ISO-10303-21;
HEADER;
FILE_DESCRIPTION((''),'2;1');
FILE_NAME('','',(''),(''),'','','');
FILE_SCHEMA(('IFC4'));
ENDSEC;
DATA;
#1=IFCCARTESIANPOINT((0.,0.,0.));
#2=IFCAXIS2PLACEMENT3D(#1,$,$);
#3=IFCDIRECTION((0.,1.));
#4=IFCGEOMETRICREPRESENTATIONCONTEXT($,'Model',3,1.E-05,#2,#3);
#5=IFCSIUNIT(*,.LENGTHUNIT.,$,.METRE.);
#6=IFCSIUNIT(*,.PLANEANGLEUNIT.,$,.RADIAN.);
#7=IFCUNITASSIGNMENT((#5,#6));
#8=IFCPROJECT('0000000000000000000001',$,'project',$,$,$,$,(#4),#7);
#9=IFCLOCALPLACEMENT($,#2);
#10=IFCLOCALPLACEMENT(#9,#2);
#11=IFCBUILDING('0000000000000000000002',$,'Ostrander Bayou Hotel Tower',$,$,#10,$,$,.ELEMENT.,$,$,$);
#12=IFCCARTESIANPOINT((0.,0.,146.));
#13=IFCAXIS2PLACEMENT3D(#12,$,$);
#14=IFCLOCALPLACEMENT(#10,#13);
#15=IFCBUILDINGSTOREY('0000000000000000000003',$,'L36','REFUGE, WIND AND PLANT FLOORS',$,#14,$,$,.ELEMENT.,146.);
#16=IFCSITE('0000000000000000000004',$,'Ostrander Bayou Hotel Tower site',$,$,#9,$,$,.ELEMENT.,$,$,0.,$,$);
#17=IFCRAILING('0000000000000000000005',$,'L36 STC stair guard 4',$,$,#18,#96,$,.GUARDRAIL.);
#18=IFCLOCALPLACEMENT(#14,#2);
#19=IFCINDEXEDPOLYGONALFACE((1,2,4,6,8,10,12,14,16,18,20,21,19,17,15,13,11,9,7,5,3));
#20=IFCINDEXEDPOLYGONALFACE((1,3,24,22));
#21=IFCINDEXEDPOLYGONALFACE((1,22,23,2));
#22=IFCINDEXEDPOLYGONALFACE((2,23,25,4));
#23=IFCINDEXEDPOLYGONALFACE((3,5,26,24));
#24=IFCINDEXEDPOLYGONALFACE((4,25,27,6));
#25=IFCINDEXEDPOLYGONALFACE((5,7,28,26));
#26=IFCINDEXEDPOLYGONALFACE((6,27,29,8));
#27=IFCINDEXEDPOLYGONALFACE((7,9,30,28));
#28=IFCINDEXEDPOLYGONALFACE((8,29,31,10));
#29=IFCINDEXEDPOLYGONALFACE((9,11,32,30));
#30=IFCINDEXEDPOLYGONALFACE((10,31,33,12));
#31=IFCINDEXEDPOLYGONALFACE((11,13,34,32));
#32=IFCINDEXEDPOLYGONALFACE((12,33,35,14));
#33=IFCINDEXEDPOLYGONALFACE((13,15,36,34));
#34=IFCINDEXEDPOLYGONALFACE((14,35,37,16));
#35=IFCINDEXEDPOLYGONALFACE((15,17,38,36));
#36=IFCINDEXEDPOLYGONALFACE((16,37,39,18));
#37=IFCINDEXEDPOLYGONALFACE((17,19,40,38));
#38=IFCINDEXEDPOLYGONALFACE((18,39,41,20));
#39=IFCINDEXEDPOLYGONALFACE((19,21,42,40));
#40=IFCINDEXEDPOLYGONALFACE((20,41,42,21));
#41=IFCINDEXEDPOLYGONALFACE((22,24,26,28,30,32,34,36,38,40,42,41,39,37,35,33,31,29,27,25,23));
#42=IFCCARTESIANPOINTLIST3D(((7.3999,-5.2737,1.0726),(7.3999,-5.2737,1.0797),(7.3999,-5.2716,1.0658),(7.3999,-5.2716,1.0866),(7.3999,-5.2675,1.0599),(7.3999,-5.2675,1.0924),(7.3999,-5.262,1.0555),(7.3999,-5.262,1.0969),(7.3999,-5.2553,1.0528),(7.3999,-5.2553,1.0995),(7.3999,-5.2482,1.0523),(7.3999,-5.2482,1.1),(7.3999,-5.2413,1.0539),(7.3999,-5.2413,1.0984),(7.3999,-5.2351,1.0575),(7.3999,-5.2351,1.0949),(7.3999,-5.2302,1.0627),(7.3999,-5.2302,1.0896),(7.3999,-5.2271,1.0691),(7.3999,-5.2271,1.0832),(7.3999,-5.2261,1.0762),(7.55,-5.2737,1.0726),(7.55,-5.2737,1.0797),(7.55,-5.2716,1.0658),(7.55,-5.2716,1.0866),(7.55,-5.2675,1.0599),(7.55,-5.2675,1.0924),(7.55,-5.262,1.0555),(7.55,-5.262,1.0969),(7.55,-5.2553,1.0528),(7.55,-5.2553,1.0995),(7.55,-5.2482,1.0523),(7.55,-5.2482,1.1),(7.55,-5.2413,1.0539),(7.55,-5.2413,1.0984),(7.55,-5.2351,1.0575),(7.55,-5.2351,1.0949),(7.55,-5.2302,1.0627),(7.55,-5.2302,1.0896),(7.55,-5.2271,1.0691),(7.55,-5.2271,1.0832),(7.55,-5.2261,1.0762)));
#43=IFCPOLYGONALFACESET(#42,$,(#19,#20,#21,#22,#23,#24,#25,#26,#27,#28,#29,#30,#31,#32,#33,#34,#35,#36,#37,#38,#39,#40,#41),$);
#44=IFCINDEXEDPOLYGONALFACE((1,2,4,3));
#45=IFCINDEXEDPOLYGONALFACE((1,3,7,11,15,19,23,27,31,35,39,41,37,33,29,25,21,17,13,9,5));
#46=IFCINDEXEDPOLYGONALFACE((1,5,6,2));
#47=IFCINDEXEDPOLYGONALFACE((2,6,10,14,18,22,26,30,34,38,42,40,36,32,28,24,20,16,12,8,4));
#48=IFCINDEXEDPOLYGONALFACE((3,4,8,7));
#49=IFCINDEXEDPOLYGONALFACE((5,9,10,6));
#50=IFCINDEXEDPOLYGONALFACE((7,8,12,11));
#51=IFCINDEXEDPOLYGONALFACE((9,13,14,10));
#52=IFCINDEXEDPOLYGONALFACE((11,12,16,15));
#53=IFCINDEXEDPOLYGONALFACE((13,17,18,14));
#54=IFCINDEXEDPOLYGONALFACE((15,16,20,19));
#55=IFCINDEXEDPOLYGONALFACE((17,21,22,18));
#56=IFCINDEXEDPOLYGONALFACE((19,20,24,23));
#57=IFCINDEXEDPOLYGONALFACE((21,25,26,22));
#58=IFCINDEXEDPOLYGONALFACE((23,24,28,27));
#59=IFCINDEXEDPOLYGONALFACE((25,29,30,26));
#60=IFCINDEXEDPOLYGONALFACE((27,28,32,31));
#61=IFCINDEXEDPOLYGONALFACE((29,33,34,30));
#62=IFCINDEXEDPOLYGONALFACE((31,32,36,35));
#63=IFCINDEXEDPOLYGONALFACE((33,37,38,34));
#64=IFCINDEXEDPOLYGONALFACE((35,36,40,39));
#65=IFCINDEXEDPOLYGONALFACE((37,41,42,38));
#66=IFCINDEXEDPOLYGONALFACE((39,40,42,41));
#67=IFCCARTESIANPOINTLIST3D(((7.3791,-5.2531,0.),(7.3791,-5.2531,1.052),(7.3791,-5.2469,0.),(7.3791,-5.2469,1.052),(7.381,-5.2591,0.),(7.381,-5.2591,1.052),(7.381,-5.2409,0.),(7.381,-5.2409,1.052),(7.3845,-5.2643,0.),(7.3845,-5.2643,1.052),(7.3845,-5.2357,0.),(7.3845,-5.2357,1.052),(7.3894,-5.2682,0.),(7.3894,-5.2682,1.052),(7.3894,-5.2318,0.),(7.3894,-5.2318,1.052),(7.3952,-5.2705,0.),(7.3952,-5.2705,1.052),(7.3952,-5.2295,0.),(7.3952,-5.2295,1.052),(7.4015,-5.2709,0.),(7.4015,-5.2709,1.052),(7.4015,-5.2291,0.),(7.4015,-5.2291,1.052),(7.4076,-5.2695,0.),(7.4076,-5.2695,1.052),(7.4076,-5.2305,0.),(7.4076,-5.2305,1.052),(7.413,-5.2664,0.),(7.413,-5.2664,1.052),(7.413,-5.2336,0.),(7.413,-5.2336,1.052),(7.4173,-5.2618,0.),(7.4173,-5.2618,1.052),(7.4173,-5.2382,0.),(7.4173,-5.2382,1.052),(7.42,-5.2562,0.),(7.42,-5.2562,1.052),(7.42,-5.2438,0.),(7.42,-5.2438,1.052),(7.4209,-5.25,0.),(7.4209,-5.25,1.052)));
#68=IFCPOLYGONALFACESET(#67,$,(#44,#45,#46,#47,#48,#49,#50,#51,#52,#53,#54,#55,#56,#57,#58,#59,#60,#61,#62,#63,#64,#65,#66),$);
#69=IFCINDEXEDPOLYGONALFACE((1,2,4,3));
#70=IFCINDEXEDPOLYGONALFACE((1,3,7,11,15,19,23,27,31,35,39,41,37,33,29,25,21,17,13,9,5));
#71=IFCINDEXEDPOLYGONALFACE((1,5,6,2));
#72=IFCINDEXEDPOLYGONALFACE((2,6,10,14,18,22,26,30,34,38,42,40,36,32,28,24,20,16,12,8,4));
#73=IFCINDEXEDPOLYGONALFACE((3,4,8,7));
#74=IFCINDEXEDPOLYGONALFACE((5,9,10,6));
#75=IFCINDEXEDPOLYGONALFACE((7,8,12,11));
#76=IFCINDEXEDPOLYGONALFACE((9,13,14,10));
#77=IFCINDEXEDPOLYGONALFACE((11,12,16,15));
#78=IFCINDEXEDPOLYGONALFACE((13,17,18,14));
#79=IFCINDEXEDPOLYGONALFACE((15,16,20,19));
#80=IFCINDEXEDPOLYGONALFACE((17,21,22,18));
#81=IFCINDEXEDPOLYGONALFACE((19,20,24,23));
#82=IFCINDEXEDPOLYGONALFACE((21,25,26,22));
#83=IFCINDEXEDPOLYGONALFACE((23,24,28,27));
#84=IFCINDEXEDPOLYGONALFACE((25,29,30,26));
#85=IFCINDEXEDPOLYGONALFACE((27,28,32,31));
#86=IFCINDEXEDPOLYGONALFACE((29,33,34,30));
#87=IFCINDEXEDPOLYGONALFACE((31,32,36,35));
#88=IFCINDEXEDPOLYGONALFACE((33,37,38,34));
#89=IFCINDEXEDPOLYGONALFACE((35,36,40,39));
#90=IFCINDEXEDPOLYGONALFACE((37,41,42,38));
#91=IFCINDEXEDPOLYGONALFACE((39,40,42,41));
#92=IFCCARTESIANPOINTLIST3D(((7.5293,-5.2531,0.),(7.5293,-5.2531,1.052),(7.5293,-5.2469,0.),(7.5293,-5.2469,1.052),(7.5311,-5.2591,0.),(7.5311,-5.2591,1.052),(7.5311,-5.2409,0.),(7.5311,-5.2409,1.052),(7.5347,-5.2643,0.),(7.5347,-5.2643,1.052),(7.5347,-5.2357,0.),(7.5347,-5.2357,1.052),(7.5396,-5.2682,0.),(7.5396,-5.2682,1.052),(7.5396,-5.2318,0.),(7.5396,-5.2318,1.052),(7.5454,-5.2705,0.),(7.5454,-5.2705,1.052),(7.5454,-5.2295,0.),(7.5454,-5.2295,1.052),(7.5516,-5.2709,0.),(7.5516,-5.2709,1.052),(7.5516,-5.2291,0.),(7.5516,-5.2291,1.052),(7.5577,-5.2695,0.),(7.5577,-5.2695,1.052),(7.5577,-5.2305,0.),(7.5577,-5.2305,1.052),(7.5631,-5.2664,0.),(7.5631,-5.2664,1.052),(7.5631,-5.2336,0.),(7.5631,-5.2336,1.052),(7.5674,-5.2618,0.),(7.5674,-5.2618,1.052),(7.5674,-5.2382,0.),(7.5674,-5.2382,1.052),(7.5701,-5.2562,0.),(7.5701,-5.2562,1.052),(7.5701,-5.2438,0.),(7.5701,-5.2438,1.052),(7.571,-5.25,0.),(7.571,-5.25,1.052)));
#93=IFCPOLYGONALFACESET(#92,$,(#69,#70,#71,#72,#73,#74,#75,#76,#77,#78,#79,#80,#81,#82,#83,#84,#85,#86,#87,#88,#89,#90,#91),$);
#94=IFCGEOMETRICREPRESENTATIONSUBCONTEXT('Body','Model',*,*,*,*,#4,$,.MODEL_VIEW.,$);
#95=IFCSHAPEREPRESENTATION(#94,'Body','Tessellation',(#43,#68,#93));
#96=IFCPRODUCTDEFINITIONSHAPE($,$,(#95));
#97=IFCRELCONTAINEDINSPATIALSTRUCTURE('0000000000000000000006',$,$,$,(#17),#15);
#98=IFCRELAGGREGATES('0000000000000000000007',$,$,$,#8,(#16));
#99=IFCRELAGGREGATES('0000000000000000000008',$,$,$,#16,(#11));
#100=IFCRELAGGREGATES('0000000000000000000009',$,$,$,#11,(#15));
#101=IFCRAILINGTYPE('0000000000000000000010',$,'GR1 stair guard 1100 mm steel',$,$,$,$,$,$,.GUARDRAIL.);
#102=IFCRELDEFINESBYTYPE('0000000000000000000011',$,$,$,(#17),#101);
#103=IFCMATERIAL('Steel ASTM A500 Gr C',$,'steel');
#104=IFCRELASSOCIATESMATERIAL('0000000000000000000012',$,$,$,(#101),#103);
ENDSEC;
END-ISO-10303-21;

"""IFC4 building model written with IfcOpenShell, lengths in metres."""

from ifc_helpers import new_model, si_unit, direction, frame, origin, origin_2d, place, context, subcontext, project, spatial, circle, extrude, material, type_object, element, save


model = new_model("IFC4")

# Units and contexts
model_context = context("Model", 3, precision=1e-05, world=origin(), true_north=direction((0.0, 1.0)))
body_context = subcontext(model_context, "Body", "Model", "MODEL_VIEW")
ifc_project = project(units=[si_unit("LENGTHUNIT", "METRE"), si_unit("PLANEANGLEUNIT", "RADIAN")], contexts=[model_context])

# Site, building, storey
site_placement = place(None, origin())
site = spatial("IfcSite", under=ifc_project, at=site_placement, Name="Ostrander Bayou Hotel Tower site", CompositionType="ELEMENT", RefElevation=0.0)
building_placement = place(site_placement, origin())
building = spatial("IfcBuilding", under=site, at=building_placement, Name="Ostrander Bayou Hotel Tower", CompositionType="ELEMENT")
storey_placement = place(building_placement, frame((0.0, 0.0, 146.0)))
storey = spatial("IfcBuildingStorey", under=building, at=storey_placement, Name="L36", Description="REFUGE, WIND AND PLANT FLOORS", CompositionType="ELEMENT", Elevation=146.0)

# Railing
ifc_material_1 = material(Name="Steel ASTM A500 Gr C", Category="steel")
railing_type_1 = type_object("IfcRailingType", Name="GR1 stair guard 1100 mm steel", PredefinedType="GUARDRAIL", material=ifc_material_1)
railing_1_placement = place(storey_placement, frame((7.3999, -5.25, 0.0)))
element("IfcRailing", 1, at=railing_1_placement, inside=storey, type_object=railing_type_1, Name="L36 STC stair guard 4", PredefinedType="GUARDRAIL", context=body_context, shape_type="SweptSolid", body=[
    extrude(circle(Radius=0.0239, at=origin_2d()), frame((0.0, 0.0, 1.0762), z_axis=(1.0, 0.0, 0.0), x_axis=(0.0, 1.0, 0.0)), (0.0, 0.0, 1.0), 0.1501),
    extrude(circle(Radius=0.021, at=origin_2d()), origin(), (0.0, 0.0, 1.0), 1.052),
    extrude(circle(Radius=0.021, at=origin_2d()), frame((0.1501, 0.0, 0.0)), (0.0, 0.0, 1.0), 1.052),
])

save(model, "model.ifc")
